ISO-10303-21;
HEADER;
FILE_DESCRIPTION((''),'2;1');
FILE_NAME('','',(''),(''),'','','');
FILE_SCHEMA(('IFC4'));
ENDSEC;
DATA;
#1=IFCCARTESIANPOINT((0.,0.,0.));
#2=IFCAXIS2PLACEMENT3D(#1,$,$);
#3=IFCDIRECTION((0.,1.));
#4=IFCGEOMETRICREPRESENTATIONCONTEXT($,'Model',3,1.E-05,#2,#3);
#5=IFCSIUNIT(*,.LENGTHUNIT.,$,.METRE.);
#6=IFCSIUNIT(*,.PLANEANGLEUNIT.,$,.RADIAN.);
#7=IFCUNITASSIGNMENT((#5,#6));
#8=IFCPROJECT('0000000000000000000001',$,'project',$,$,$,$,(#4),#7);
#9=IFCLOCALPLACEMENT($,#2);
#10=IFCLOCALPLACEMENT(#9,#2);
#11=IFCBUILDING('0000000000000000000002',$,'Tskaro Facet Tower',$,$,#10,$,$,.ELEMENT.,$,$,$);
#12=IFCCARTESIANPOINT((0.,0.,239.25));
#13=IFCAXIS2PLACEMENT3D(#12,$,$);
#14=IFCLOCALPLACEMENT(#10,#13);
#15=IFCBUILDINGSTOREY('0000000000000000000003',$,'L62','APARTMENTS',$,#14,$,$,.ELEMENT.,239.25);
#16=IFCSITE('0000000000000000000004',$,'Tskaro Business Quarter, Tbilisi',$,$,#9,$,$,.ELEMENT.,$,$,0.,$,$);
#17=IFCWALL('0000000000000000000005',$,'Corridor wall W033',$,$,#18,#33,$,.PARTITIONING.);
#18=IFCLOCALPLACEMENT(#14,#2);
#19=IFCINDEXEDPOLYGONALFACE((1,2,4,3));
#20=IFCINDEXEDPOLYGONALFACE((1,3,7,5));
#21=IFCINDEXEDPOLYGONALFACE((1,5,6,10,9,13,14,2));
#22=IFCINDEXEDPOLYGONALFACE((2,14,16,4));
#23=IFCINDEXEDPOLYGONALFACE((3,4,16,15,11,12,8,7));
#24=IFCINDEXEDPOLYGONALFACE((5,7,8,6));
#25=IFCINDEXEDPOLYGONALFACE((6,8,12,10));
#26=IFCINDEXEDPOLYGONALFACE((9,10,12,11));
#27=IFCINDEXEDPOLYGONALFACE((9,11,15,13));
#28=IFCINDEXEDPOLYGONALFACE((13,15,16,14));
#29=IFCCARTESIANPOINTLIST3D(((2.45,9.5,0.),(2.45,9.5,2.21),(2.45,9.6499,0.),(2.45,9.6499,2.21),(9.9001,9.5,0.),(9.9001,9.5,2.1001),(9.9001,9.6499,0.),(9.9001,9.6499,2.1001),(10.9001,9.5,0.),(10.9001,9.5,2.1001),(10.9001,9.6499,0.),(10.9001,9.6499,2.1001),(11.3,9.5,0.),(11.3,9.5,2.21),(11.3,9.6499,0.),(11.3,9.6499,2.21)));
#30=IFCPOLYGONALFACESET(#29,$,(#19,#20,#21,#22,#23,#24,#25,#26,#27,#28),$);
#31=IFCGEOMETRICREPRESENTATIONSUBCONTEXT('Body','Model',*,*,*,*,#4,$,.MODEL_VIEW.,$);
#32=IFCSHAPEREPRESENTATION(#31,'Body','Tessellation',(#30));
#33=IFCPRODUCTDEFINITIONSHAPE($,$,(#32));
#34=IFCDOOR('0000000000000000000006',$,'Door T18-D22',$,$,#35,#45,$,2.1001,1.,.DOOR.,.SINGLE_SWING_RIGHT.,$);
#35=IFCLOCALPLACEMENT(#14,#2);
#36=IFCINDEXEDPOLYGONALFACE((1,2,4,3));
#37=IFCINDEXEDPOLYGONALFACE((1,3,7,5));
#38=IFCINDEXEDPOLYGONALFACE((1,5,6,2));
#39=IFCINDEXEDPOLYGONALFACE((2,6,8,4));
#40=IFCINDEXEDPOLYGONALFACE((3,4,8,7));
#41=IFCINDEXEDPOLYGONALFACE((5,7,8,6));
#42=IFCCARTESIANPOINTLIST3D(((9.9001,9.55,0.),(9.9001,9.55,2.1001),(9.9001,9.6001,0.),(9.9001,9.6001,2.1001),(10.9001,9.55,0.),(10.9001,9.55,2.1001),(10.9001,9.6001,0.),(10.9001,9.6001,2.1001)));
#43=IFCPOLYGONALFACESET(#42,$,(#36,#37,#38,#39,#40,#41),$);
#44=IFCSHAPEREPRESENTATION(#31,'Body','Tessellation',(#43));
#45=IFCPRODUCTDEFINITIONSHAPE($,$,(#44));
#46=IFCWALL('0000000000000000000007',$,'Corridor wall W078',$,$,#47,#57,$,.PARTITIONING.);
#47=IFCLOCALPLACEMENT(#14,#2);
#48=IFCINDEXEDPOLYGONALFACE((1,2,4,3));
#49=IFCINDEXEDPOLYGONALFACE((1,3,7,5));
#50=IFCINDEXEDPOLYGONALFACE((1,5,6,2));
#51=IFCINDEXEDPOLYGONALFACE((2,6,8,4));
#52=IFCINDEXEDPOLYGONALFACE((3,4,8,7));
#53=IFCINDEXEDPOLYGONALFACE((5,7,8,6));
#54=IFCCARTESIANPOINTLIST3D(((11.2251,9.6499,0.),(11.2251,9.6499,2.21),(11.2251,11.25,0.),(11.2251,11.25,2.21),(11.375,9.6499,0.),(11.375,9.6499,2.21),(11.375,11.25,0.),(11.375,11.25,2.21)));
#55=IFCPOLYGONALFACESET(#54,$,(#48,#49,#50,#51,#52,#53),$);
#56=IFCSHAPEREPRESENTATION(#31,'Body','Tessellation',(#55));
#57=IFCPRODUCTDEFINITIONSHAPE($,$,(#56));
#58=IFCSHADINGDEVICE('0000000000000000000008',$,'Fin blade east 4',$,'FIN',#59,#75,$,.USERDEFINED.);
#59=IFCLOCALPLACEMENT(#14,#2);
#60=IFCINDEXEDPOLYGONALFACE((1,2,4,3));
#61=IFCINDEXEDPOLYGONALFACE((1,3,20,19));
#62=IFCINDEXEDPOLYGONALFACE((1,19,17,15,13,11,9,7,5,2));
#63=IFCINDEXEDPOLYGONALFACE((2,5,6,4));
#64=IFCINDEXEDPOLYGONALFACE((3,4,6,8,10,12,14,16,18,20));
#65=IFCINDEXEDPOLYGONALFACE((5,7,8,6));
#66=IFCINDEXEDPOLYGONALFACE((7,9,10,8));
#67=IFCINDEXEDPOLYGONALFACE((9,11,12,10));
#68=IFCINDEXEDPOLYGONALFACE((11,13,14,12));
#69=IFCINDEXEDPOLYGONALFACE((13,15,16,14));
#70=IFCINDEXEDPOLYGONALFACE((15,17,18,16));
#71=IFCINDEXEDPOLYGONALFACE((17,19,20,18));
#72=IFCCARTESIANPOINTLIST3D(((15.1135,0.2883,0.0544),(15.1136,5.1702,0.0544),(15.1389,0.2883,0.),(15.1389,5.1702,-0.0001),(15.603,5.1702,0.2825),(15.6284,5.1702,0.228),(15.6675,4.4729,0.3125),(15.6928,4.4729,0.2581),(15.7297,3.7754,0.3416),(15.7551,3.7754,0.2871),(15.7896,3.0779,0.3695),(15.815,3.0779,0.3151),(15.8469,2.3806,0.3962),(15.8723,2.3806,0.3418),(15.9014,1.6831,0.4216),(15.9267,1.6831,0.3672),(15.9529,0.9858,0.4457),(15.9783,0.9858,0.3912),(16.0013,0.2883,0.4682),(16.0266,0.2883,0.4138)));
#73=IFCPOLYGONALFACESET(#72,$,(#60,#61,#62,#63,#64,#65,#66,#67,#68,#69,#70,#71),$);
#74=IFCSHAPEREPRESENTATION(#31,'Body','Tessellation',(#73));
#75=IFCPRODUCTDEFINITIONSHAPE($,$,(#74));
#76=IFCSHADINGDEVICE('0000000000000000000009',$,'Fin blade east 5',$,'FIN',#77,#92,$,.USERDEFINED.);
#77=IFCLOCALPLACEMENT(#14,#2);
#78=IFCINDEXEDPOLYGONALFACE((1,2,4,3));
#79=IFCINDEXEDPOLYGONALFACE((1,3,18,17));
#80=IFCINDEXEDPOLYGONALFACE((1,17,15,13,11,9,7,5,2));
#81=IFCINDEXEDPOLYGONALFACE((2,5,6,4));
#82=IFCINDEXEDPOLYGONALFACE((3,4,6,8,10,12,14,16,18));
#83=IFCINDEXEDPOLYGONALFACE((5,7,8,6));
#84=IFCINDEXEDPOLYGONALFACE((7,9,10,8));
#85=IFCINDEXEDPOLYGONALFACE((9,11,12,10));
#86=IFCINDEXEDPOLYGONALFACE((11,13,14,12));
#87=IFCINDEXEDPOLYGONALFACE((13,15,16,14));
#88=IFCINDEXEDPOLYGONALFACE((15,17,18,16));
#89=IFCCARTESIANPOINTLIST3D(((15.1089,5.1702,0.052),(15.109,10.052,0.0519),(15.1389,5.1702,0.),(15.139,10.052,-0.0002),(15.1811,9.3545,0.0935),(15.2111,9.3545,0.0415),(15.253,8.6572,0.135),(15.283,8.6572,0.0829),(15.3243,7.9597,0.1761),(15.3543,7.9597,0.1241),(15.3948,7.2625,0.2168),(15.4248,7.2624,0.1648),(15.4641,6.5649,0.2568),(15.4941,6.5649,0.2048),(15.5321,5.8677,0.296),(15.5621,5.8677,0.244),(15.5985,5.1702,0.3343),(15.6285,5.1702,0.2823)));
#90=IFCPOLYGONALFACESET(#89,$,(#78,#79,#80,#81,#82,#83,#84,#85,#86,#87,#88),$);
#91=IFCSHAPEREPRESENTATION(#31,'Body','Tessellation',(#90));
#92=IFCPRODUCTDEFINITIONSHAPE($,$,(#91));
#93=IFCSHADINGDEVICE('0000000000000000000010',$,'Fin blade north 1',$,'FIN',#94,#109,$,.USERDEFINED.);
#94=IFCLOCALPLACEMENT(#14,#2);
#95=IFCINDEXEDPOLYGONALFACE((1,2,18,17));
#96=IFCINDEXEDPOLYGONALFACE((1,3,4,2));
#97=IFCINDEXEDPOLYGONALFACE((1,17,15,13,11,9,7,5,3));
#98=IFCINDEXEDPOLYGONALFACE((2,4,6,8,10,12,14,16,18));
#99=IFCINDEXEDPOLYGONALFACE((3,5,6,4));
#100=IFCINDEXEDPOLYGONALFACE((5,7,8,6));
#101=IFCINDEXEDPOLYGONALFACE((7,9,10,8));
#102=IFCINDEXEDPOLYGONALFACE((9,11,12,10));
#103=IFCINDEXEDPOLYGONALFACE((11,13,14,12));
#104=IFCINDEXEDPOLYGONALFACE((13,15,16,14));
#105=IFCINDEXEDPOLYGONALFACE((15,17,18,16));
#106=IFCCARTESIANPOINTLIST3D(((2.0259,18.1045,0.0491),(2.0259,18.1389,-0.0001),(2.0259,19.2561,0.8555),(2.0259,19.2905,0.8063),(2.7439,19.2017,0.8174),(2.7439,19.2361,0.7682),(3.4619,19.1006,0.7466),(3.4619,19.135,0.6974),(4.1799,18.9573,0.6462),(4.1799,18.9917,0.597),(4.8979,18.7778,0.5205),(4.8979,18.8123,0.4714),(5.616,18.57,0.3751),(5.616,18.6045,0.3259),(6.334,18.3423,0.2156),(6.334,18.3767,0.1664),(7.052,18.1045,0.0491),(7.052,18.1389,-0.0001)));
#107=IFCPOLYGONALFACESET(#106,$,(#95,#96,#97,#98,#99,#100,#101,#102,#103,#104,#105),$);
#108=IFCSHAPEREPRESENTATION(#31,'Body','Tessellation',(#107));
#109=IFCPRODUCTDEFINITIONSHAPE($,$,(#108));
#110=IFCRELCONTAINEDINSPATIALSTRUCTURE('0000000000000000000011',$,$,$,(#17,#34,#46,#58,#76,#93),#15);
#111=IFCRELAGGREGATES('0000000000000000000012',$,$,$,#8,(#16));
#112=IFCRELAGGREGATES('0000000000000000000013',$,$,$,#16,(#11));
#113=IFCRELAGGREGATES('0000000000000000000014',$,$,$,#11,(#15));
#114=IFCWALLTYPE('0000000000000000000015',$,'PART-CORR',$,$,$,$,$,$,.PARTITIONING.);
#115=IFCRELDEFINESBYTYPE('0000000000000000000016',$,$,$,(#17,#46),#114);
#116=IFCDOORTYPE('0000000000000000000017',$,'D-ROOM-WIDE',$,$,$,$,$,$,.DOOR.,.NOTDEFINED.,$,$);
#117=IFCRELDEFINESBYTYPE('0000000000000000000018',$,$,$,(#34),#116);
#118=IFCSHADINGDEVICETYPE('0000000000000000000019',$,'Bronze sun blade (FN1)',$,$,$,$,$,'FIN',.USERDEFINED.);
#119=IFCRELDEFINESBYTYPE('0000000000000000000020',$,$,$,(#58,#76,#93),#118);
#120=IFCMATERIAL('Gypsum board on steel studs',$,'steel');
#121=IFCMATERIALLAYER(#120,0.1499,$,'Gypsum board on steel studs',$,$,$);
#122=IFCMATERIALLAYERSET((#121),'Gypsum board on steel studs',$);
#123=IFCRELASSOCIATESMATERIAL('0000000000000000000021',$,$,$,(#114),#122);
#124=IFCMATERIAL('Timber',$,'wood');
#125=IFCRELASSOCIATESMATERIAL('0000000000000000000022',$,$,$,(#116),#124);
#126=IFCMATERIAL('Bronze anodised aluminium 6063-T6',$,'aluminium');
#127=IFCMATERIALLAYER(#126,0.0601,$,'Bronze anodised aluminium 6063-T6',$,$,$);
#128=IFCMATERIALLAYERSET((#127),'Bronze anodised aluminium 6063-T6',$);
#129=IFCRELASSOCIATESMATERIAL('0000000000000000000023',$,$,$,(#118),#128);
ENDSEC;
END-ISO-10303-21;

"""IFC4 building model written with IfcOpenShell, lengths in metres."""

from ifc_helpers import new_model, si_unit, direction, frame, frame_2d, origin, place, context, subcontext, project, spatial, polyline, rectangle, outline, extrude, material, layer, layer_set, type_object, element, fill, save


model = new_model("IFC4")

# Units and contexts
model_context = context("Model", 3, precision=1e-05, world=origin(), true_north=direction((0.0, 1.0)))
body_context = subcontext(model_context, "Body", "Model", "MODEL_VIEW")
ifc_project = project(units=[si_unit("LENGTHUNIT", "METRE"), si_unit("PLANEANGLEUNIT", "RADIAN")], contexts=[model_context])

# Site, building, storey
site_placement = place(None, origin())
site = spatial("IfcSite", under=ifc_project, at=site_placement, Name="Tskaro Business Quarter, Tbilisi", CompositionType="ELEMENT", RefElevation=0.0)
building_placement = place(site_placement, origin())
building = spatial("IfcBuilding", under=site, at=building_placement, Name="Tskaro Facet Tower", CompositionType="ELEMENT")
storey_placement = place(building_placement, frame((0.0, 0.0, 239.25)))
storey = spatial("IfcBuildingStorey", under=building, at=storey_placement, Name="L62", Description="APARTMENTS", CompositionType="ELEMENT", Elevation=239.25)

# Shared definitions
ifc_material_1 = material(Name="Bronze anodised aluminium 6063-T6", Category="aluminium")

# Shared definitions
ifc_material_2 = material(Name="Gypsum board on steel studs", Category="steel")

# Wall, opening, door
ifc_layer_1 = layer(ifc_material_2, 0.1499, Name="Gypsum board on steel studs")
ifc_layer_set_1 = layer_set([ifc_layer_1], Name="Gypsum board on steel studs")
wall_type_1 = type_object("IfcWallType", Name="PART-CORR", PredefinedType="PARTITIONING", material=ifc_layer_set_1)
wall_1_placement = place(storey_placement, frame((11.3, 9.575, 0.0), z_axis=(0.0, 0.0, 1.0), x_axis=(-1.0, 0.0, 0.0)))
wall_1 = element("IfcWall", 1, at=wall_1_placement, inside=storey, type_object=wall_type_1, Name="Corridor wall W033", PredefinedType="PARTITIONING", context=body_context, shape_type="SweptSolid", body=[
    extrude(rectangle(XDim=8.8501, YDim=0.1499, at=frame_2d((4.425, 0.0))), origin(), (0.0, 0.0, 1.0), 2.21),
])
opening_placement = place(wall_1_placement, frame((0.3999, 0.0, 0.0)))
opening = element("IfcOpeningElement", 2, at=opening_placement, cuts=wall_1, PredefinedType="OPENING", context=body_context, shape_type="SweptSolid", body=[
    extrude(rectangle(XDim=1.0, YDim=2.1001, at=frame_2d((0.5, 1.05))), frame((0.0, 0.085, 0.0), z_axis=(0.0, -1.0, 0.0), x_axis=(1.0, 0.0, 0.0)), (0.0, 0.0, 1.0), 0.1699),
])
ifc_material_3 = material(Name="Timber", Category="wood")
door_type = type_object("IfcDoorType", Name="D-ROOM-WIDE", OperationType="NOTDEFINED", PredefinedType="DOOR", material=ifc_material_3)
door_placement = place(opening_placement, origin())
door = element("IfcDoor", 3, at=door_placement, inside=storey, type_object=door_type, Name="Door T18-D22", OperationType="SINGLE_SWING_RIGHT", OverallHeight=2.1001, OverallWidth=1.0, PredefinedType="DOOR", context=body_context, shape_type="SweptSolid", body=[
    extrude(rectangle(XDim=1.0, YDim=2.1001, at=frame_2d((0.5, 1.05))), frame((0.0, 0.0249, 0.0), z_axis=(0.0, -1.0, 0.0), x_axis=(1.0, 0.0, 0.0)), (0.0, 0.0, 1.0), 0.05),
])
fill(opening, door)

# Wall
wall_2_placement = place(storey_placement, frame((11.3, 9.6499, 0.0), z_axis=(0.0, 0.0, 1.0), x_axis=(0.0, 1.0, 0.0)))
element("IfcWall", 4, at=wall_2_placement, inside=storey, type_object=wall_type_1, Name="Corridor wall W078", PredefinedType="PARTITIONING", context=body_context, shape_type="SweptSolid", body=[
    extrude(rectangle(XDim=1.6001, YDim=0.1499, at=frame_2d((0.8, 0.0))), origin(), (0.0, 0.0, 1.0), 2.21),
])

# Shading devices
ifc_layer_2 = layer(ifc_material_1, 0.0601, Name="Bronze anodised aluminium 6063-T6")
ifc_layer_set_2 = layer_set([ifc_layer_2], Name="Bronze anodised aluminium 6063-T6")
shading_device_type = type_object("IfcShadingDeviceType", Name="Bronze sun blade (FN1)", ElementType="FIN", PredefinedType="USERDEFINED", material=ifc_layer_set_2)
shading_device_1_placement = place(storey_placement, frame((15.1135, 0.2883, 0.0544), z_axis=(-0.422445, 0.000018, 0.906389), x_axis=(0.000008, 1.0, -0.000017)))
element("IfcShadingDevice", 5, at=shading_device_1_placement, inside=storey, type_object=shading_device_type, Name="Fin blade east 4", ObjectType="FIN", PredefinedType="USERDEFINED", context=body_context, shape_type="SweptSolid", body=[
    extrude(outline(polyline([(0.0, 0.0), (4.8818, 0.0), (4.8818, -0.54), (4.1846, -0.6111), (3.4871, -0.6798), (2.7896, -0.7459), (2.0923, -0.8091), (1.3948, -0.8692), (0.6975, -0.9261), (0.0, -0.9794), (0.0, 0.0)])), origin(), (0.0, 0.0, -1.0), 0.0601),
])
shading_device_2_placement = place(storey_placement, frame((15.1089, 5.1702, 0.052), z_axis=(-0.49957, 0.000032, 0.866274), x_axis=(0.000016, 1.0, -0.000028)))
element("IfcShadingDevice", 6, at=shading_device_2_placement, inside=storey, type_object=shading_device_type, Name="Fin blade east 5", ObjectType="FIN", PredefinedType="USERDEFINED", context=body_context, shape_type="SweptSolid", body=[
    extrude(outline(polyline([(0.0, 0.0), (4.8818, 0.0), (4.1843, -0.0833), (3.4871, -0.1662), (2.7896, -0.2486), (2.0923, -0.33), (1.3948, -0.4101), (0.6975, -0.4885), (0.0, -0.5652), (0.0, 0.0)])), origin(), (0.0, 0.0, -1.0), 0.0601),
])
shading_device_3_placement = place(storey_placement, frame((7.052, 18.1045, 0.0491), z_axis=(0.000006, -0.573582, 0.819148), x_axis=(-1.0, -0.000003, 0.000005)))
element("IfcShadingDevice", 7, at=shading_device_3_placement, inside=storey, type_object=shading_device_type, Name="Fin blade north 1", ObjectType="FIN", PredefinedType="USERDEFINED", context=body_context, shape_type="SweptSolid", body=[
    extrude(outline(polyline([(0.0, 0.0), (5.0261, 0.0), (5.0261, -1.4059), (4.3081, -1.3394), (3.5901, -1.216), (2.8721, -1.0411), (2.1541, -0.822), (1.436, -0.5683), (0.718, -0.2903), (0.0, 0.0)])), origin(), (0.0, 0.0, -1.0), 0.0601),
])

save(model, "model.ifc")
